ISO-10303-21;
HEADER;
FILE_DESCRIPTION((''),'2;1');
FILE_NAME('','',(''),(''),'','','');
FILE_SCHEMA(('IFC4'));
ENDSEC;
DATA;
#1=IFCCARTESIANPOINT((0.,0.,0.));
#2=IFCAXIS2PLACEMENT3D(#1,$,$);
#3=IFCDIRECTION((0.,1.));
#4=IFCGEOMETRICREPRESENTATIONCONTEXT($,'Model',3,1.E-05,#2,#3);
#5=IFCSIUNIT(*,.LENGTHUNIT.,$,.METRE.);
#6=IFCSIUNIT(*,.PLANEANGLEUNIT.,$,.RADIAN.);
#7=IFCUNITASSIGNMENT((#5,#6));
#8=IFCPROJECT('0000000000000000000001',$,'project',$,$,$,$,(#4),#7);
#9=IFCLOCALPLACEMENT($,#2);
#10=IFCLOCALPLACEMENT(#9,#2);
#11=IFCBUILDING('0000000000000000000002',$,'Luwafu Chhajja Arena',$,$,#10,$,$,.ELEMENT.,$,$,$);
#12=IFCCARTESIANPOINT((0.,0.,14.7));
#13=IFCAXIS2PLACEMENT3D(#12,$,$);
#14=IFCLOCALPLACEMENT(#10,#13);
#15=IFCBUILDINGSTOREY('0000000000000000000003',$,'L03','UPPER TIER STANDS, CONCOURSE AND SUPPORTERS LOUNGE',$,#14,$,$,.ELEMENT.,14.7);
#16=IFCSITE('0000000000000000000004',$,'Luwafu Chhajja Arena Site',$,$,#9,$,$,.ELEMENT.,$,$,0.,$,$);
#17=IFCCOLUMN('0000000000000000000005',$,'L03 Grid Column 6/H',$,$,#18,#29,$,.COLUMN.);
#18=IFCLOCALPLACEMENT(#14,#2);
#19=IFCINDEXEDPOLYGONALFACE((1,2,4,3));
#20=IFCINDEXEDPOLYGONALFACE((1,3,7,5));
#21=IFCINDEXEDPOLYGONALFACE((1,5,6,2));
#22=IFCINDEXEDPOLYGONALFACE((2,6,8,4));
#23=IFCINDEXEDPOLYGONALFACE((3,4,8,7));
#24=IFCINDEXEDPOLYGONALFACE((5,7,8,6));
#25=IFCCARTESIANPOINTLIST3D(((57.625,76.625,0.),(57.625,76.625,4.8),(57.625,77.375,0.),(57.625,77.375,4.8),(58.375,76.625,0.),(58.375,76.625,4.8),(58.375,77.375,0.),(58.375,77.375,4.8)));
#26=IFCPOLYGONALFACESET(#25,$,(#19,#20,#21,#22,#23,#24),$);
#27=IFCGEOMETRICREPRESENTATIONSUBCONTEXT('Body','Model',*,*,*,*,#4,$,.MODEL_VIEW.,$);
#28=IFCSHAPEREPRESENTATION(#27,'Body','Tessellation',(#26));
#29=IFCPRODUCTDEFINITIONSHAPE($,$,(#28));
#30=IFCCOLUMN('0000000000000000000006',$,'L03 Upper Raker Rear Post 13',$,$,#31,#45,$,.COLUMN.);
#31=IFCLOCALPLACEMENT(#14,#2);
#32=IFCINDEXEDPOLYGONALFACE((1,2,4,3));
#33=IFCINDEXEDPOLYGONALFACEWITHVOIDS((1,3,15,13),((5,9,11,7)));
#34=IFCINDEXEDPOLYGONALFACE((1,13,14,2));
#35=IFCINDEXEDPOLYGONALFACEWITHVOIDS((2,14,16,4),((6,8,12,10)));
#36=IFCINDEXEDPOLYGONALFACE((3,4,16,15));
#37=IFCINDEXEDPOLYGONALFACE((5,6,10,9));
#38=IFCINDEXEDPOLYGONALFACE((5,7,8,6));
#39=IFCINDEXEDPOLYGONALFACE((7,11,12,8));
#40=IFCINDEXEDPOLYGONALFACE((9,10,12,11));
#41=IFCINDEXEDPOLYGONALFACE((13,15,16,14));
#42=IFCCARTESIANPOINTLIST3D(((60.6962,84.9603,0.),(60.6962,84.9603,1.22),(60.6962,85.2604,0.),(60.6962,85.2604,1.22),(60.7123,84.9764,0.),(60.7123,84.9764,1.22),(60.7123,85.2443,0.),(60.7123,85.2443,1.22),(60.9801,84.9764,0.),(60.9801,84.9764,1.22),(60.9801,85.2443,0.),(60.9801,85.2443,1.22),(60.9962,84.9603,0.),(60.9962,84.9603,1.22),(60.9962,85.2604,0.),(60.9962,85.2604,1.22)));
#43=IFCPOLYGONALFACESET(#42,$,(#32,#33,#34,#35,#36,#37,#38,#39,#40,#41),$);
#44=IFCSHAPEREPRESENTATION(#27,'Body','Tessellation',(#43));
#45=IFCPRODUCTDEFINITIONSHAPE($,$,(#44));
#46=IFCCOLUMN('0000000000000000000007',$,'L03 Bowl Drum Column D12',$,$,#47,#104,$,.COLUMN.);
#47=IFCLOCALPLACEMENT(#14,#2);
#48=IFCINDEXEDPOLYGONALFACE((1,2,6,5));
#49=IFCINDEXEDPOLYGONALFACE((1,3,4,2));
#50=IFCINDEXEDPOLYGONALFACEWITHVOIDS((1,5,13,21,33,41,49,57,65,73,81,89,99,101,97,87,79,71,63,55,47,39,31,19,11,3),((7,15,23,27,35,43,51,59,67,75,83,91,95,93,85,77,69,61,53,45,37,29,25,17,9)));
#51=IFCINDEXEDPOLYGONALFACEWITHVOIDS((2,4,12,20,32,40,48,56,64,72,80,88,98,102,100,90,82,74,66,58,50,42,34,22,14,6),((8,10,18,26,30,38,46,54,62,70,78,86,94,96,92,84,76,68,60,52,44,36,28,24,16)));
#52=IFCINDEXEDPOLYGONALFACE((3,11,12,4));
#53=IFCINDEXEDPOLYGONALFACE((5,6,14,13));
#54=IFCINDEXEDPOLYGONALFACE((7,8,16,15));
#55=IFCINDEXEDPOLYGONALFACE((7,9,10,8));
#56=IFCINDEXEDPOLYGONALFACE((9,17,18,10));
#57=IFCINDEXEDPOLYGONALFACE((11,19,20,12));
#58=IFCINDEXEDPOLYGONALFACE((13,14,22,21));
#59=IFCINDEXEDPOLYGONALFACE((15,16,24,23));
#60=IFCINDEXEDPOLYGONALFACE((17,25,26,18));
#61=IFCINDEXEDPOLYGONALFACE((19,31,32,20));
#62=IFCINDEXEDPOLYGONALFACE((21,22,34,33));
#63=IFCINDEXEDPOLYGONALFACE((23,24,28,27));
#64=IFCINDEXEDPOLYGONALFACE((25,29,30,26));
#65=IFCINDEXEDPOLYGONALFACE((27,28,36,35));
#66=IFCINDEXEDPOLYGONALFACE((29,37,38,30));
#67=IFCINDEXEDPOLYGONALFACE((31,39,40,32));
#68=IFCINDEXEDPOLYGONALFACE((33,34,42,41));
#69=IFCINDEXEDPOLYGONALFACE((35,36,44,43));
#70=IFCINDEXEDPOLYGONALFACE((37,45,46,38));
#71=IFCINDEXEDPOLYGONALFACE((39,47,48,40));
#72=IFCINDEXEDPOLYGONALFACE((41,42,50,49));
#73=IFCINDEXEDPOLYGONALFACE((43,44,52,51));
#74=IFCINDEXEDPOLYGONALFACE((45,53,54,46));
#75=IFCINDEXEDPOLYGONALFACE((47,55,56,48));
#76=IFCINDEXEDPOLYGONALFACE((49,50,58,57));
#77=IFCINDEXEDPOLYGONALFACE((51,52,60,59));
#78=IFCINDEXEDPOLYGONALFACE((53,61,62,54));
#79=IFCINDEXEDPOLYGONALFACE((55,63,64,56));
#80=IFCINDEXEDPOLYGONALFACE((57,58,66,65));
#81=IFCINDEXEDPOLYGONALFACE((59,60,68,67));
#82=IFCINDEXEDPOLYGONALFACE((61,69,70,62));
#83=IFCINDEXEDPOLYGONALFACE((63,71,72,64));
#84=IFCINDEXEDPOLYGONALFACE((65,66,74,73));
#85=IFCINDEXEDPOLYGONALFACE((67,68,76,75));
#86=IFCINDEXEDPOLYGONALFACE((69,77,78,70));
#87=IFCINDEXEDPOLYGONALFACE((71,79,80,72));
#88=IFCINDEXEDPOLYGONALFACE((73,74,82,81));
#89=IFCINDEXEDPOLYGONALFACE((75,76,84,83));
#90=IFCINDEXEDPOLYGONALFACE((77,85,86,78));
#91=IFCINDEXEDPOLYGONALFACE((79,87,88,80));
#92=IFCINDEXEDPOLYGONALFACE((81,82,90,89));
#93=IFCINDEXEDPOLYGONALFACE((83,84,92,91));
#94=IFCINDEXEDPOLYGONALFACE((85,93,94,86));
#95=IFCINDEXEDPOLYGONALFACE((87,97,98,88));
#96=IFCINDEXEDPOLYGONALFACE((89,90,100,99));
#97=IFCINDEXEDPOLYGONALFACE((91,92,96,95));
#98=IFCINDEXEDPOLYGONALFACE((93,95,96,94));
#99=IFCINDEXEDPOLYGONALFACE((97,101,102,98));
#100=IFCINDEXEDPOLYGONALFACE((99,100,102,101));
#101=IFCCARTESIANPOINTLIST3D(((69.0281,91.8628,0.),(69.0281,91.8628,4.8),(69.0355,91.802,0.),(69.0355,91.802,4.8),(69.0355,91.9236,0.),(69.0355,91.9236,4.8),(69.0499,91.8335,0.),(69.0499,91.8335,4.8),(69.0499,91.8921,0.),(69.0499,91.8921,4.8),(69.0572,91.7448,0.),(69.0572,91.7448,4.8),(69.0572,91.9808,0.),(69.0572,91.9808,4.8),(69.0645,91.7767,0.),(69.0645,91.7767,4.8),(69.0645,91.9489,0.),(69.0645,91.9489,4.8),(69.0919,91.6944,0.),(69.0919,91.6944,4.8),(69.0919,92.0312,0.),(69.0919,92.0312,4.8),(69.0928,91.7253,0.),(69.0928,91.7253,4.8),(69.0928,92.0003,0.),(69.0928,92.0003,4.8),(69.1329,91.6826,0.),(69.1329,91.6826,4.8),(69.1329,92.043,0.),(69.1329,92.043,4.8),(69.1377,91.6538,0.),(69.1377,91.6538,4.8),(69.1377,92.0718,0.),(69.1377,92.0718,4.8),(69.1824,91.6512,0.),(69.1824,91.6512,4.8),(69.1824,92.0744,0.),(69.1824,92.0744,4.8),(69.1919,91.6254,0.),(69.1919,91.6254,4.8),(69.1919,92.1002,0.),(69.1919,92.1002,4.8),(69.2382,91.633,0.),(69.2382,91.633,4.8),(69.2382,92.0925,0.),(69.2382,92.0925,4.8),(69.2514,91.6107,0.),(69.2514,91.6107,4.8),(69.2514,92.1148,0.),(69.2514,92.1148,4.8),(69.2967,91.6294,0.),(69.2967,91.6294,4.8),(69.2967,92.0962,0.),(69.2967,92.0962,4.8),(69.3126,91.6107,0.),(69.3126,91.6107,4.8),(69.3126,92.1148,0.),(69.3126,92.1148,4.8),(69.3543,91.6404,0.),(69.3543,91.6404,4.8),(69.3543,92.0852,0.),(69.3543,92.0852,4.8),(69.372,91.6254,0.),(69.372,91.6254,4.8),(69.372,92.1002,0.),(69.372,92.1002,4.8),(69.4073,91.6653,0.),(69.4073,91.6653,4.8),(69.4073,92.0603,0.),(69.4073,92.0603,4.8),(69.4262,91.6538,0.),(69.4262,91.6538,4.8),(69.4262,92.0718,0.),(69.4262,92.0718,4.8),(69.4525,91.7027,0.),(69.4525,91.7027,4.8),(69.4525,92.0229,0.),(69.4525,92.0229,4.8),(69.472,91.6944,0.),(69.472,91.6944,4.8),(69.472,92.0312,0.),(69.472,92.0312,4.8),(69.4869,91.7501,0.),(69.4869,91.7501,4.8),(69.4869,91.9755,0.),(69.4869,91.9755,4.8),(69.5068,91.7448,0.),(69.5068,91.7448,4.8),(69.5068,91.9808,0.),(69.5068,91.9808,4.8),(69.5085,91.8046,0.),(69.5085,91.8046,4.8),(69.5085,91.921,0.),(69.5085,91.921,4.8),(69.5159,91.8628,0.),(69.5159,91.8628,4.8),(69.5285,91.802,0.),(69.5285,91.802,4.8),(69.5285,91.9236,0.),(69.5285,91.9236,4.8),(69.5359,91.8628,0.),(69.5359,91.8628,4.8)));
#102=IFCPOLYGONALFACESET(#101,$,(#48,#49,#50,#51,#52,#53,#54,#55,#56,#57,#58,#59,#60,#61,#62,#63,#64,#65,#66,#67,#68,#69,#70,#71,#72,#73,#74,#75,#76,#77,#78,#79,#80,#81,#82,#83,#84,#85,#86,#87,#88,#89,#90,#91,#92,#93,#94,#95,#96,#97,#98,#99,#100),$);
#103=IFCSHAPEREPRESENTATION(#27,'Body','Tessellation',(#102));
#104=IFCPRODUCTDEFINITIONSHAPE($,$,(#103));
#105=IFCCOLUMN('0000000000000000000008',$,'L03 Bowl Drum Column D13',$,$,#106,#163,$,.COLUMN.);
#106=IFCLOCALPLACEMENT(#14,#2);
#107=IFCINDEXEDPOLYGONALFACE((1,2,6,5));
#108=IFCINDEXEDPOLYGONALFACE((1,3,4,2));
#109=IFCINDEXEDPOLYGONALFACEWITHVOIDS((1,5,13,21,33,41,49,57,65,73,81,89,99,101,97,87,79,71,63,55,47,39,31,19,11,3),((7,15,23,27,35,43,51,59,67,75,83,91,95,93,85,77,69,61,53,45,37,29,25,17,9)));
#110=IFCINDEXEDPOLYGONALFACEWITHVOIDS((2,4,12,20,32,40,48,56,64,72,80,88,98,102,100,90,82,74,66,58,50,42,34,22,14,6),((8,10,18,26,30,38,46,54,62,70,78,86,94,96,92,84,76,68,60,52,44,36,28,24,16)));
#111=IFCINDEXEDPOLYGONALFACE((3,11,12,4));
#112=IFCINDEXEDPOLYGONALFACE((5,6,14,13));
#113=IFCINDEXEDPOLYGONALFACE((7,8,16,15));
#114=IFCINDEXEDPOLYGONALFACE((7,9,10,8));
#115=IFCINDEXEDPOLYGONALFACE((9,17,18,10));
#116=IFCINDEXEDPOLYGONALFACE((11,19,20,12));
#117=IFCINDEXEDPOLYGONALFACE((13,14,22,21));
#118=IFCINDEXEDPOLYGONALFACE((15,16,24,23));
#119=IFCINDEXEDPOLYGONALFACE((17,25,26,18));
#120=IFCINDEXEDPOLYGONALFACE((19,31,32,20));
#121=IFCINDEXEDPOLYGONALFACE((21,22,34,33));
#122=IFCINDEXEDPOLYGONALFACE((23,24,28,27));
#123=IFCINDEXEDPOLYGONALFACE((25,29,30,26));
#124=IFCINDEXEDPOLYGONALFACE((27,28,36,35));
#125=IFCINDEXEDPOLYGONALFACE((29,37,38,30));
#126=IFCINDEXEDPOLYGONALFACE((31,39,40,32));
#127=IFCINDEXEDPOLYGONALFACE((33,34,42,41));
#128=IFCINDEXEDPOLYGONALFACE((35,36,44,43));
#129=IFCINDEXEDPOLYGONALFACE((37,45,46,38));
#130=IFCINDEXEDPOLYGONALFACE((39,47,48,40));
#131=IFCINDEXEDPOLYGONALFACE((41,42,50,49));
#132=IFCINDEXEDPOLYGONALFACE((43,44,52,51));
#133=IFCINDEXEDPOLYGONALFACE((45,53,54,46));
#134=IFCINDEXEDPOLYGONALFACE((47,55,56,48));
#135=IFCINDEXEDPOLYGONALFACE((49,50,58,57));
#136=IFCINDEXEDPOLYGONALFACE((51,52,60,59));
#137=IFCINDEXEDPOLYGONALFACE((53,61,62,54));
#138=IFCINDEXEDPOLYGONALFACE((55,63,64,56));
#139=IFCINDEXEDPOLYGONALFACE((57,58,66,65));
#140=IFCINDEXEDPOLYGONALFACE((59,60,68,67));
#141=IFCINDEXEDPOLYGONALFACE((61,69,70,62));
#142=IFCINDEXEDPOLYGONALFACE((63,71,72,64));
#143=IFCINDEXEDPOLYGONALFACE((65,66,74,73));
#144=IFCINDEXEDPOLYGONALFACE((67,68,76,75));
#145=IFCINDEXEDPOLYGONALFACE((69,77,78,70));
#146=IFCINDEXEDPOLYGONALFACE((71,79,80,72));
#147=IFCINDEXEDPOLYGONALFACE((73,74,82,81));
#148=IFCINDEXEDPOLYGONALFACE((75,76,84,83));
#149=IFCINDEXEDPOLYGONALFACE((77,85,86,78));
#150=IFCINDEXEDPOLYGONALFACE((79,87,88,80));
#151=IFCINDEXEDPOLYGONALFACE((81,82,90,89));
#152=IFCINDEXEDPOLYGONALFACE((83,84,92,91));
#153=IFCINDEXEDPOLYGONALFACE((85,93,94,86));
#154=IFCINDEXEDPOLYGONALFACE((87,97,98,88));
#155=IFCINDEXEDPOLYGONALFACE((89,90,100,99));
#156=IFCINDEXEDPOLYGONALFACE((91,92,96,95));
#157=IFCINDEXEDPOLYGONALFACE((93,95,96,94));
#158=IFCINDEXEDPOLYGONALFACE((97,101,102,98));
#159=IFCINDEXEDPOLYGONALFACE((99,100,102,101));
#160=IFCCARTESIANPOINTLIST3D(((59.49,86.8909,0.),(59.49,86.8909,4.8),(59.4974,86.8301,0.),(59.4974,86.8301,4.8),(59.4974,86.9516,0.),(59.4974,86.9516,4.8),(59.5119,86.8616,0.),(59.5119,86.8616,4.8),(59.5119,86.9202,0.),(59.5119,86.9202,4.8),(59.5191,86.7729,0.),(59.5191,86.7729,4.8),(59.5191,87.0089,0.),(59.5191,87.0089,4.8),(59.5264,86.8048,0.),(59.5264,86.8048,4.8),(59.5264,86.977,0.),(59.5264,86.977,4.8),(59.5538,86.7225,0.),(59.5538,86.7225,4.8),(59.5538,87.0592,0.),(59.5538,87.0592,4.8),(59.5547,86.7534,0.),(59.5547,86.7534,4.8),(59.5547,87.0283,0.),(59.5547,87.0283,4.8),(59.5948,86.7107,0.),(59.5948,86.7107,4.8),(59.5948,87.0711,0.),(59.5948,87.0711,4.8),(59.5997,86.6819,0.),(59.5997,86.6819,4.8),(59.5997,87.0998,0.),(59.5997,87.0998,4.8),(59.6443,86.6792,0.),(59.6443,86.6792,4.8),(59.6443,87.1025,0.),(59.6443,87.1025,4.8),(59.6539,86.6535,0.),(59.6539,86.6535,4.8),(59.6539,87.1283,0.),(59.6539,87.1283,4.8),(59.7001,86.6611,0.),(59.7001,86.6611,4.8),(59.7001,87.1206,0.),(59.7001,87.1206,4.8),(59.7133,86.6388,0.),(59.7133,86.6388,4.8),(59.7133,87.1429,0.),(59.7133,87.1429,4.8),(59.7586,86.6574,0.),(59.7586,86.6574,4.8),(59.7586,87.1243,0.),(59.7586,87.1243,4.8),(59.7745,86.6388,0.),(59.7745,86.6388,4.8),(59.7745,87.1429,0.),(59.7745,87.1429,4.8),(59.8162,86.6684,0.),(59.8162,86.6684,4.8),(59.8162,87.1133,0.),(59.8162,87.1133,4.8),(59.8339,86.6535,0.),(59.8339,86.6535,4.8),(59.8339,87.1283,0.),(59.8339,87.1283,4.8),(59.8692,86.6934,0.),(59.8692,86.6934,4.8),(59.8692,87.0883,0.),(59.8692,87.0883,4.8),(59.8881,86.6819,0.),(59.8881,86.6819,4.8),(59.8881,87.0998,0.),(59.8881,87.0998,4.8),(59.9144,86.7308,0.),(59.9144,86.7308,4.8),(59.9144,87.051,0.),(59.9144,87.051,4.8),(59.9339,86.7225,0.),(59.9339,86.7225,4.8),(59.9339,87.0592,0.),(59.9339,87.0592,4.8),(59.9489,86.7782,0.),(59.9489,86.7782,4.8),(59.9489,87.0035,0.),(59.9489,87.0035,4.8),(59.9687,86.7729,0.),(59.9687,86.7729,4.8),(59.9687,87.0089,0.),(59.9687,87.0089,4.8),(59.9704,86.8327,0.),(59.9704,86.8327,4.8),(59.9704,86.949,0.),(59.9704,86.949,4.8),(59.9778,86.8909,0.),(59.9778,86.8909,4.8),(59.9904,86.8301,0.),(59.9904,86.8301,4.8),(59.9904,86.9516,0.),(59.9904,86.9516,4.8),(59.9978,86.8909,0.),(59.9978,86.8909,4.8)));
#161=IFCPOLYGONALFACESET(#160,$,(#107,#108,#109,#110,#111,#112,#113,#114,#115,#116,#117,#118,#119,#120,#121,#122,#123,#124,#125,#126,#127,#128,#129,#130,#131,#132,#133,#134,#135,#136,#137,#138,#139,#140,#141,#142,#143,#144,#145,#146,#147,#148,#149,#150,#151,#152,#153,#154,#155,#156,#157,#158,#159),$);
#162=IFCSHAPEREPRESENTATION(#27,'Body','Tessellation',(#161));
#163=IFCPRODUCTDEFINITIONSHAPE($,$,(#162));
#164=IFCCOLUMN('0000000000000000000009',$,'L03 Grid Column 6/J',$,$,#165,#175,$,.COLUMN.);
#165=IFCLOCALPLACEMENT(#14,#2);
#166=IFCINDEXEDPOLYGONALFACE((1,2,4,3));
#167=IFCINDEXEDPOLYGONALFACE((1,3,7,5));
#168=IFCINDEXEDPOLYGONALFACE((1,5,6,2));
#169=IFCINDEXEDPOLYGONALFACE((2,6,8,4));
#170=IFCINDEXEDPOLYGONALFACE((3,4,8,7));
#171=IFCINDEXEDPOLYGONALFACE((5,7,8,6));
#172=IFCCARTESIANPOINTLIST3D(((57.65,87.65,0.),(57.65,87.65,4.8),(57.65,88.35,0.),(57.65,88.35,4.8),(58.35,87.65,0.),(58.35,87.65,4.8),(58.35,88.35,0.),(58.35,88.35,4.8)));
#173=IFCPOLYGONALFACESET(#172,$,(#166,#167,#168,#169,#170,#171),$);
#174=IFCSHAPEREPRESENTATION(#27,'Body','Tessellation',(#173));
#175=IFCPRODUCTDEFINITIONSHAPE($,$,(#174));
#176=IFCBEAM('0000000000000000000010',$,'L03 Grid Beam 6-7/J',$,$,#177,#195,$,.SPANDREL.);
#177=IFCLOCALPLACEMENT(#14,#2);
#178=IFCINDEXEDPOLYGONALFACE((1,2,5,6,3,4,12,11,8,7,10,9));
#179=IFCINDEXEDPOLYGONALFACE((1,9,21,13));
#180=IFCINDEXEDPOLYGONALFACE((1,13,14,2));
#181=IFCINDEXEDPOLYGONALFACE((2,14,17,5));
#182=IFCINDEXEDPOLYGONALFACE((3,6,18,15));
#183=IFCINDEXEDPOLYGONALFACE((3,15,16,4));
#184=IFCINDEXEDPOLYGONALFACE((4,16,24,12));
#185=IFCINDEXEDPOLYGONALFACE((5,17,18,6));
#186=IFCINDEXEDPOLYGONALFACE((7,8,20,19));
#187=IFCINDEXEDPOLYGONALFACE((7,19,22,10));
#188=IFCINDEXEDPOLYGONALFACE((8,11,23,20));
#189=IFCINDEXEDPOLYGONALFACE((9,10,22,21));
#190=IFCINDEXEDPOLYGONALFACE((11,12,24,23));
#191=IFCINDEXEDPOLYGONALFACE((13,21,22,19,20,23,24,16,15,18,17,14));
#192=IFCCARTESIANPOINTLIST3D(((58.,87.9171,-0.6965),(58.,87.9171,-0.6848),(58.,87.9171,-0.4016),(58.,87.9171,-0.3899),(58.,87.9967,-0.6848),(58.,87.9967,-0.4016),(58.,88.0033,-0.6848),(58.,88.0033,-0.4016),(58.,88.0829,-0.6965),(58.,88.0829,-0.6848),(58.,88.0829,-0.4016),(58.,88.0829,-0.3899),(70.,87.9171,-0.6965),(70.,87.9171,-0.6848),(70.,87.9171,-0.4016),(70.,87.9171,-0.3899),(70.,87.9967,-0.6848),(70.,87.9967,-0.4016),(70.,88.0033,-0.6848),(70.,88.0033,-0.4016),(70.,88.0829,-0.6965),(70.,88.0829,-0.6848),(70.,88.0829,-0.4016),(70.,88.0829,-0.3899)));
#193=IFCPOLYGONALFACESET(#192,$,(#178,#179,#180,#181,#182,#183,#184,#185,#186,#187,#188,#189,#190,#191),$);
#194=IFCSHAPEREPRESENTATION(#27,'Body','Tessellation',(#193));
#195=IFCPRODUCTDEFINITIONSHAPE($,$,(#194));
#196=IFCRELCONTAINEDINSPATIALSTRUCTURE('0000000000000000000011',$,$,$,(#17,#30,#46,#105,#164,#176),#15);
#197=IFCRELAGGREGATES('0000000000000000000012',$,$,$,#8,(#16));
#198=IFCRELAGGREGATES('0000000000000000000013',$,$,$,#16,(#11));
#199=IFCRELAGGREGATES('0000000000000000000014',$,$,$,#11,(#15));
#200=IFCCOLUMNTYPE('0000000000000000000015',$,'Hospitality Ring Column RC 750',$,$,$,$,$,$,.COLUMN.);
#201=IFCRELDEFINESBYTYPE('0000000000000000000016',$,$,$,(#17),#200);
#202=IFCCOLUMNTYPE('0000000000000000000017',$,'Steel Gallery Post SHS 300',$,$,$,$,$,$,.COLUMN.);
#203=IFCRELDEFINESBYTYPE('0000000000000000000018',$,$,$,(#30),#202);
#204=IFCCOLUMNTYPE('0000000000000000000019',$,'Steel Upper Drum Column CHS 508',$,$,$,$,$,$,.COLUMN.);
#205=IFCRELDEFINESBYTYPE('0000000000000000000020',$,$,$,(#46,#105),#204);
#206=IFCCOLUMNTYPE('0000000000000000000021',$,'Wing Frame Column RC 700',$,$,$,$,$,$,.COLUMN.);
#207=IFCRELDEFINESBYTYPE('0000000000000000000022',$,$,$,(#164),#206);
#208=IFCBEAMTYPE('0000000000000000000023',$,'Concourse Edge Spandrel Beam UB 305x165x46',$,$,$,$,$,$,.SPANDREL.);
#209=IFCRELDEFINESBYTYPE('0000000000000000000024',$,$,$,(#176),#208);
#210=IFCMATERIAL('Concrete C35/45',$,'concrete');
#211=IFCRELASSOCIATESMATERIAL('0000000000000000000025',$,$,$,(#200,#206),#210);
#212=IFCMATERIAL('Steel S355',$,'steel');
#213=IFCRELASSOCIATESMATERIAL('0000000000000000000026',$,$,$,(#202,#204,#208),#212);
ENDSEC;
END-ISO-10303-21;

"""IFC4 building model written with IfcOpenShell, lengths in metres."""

from ifc_helpers import new_model, si_unit, direction, frame, origin, origin_2d, place, context, subcontext, project, spatial, rectangle, hollow_rectangle, hollow_circle, i_section, extrude, material, material_profile, profile_set, type_object, element, save


model = new_model("IFC4")

# Units and contexts
model_context = context("Model", 3, precision=1e-05, world=origin(), true_north=direction((0.0, 1.0)))
body_context = subcontext(model_context, "Body", "Model", "MODEL_VIEW")
ifc_project = project(units=[si_unit("LENGTHUNIT", "METRE"), si_unit("PLANEANGLEUNIT", "RADIAN")], contexts=[model_context])

# Site, building, storey
site_placement = place(None, origin())
site = spatial("IfcSite", under=ifc_project, at=site_placement, Name="Luwafu Chhajja Arena Site", CompositionType="ELEMENT", RefElevation=0.0)
building_placement = place(site_placement, origin())
building = spatial("IfcBuilding", under=site, at=building_placement, Name="Luwafu Chhajja Arena", CompositionType="ELEMENT")
storey_placement = place(building_placement, frame((0.0, 0.0, 14.7)))
storey = spatial("IfcBuildingStorey", under=building, at=storey_placement, Name="L03", Description="UPPER TIER STANDS, CONCOURSE AND SUPPORTERS LOUNGE", CompositionType="ELEMENT", Elevation=14.7)

# Columns
ifc_material_1 = material(Name="Concrete C35/45", Category="concrete")
ifc_material_profile_1 = material_profile(ifc_material_1, rectangle(XDim=0.75, YDim=0.75, at=origin_2d()), Name="RC 750x750")
ifc_profile_set_1 = profile_set([ifc_material_profile_1], Name="Concrete C35/45")
column_type_1 = type_object("IfcColumnType", Name="Hospitality Ring Column RC 750", PredefinedType="COLUMN", material=ifc_profile_set_1)
column_1_placement = place(storey_placement, frame((58.0, 77.0, 0.0), z_axis=(0.0, 0.0, 1.0), x_axis=(1.0, 0.0, 0.0)))
element("IfcColumn", 1, at=column_1_placement, inside=storey, type_object=column_type_1, Name="L03 Grid Column 6/H", PredefinedType="COLUMN", context=body_context, shape_type="SweptSolid", body=[
    extrude(rectangle(XDim=0.75, YDim=0.75, at=origin_2d()), origin(), (0.0, 0.0, 1.0), 4.8),
])
ifc_material_2 = material(Name="Steel S355", Category="steel")
ifc_material_profile_2 = material_profile(ifc_material_2, hollow_rectangle(XDim=0.3, YDim=0.3, WallThickness=0.0161, at=origin_2d()), Name="SHS 300x300x16")
ifc_profile_set_2 = profile_set([ifc_material_profile_2], Name="Steel S355")
column_type_2 = type_object("IfcColumnType", Name="Steel Gallery Post SHS 300", PredefinedType="COLUMN", material=ifc_profile_set_2)
column_2_placement = place(storey_placement, frame((60.8462, 85.1104, 0.0), z_axis=(0.0, 0.0, 1.0), x_axis=(1.0, 0.0, 0.0)))
element("IfcColumn", 2, at=column_2_placement, inside=storey, type_object=column_type_2, Name="L03 Upper Raker Rear Post 13", PredefinedType="COLUMN", context=body_context, shape_type="SweptSolid", body=[
    extrude(hollow_rectangle(XDim=0.3, YDim=0.3, WallThickness=0.0161, at=origin_2d()), origin(), (0.0, 0.0, 1.0), 1.22),
])
ifc_material_profile_3 = material_profile(ifc_material_2, hollow_circle(Radius=0.2539, WallThickness=0.02, at=origin_2d()), Name="CHS 508x20")
ifc_profile_set_3 = profile_set([ifc_material_profile_3], Name="Steel S355")
column_type_3 = type_object("IfcColumnType", Name="Steel Upper Drum Column CHS 508", PredefinedType="COLUMN", material=ifc_profile_set_3)
for number, where, z_axis, x_axis, name in (
    (3, (69.282, 91.8628, 0.0), (0.0, 0.0, 1.0), (1.0, 0.0, 0.0), "L03 Bowl Drum Column D12"),
    (4, (59.7439, 86.8909, 0.0), (0.0, 0.0, 1.0), (1.0, 0.0, 0.0), "L03 Bowl Drum Column D13"),
):
    element("IfcColumn", number, at=place(storey_placement, frame(where, z_axis=z_axis, x_axis=x_axis)), inside=storey, type_object=column_type_3, Name=name, PredefinedType="COLUMN", context=body_context, shape_type="SweptSolid", body=[
        extrude(hollow_circle(Radius=0.2539, WallThickness=0.02, at=origin_2d()), origin(), (0.0, 0.0, 1.0), 4.8),
    ])
ifc_material_profile_4 = material_profile(ifc_material_1, rectangle(XDim=0.7, YDim=0.7, at=origin_2d()), Name="RC 700x700")
ifc_profile_set_4 = profile_set([ifc_material_profile_4], Name="Concrete C35/45")
column_type_4 = type_object("IfcColumnType", Name="Wing Frame Column RC 700", PredefinedType="COLUMN", material=ifc_profile_set_4)
column_3_placement = place(storey_placement, frame((58.0, 88.0, 0.0), z_axis=(0.0, 0.0, 1.0), x_axis=(1.0, 0.0, 0.0)))
element("IfcColumn", 5, at=column_3_placement, inside=storey, type_object=column_type_4, Name="L03 Grid Column 6/J", PredefinedType="COLUMN", context=body_context, shape_type="SweptSolid", body=[
    extrude(rectangle(XDim=0.7, YDim=0.7, at=origin_2d()), origin(), (0.0, 0.0, 1.0), 4.8),
])

# Beam
ifc_material_profile_5 = material_profile(ifc_material_2, i_section(OverallWidth=0.1658, OverallDepth=0.3066, WebThickness=0.0066, FlangeThickness=0.0117, at=origin_2d()), Name="UB 305x165x46")
ifc_profile_set_5 = profile_set([ifc_material_profile_5], Name="Steel S355")
beam_type_1 = type_object("IfcBeamType", Name="Concourse Edge Spandrel Beam UB 305x165x46", PredefinedType="SPANDREL", material=ifc_profile_set_5)
beam_1_placement = place(storey_placement, frame((58.0, 88.0, -0.5432), z_axis=(1.0, 0.0, 0.0), x_axis=(0.0, 1.0, 0.0)))
element("IfcBeam", 6, at=beam_1_placement, inside=storey, type_object=beam_type_1, Name="L03 Grid Beam 6-7/J", PredefinedType="SPANDREL", context=body_context, shape_type="SweptSolid", body=[
    extrude(i_section(OverallWidth=0.1658, OverallDepth=0.3066, WebThickness=0.0066, FlangeThickness=0.0117, at=origin_2d()), origin(), (0.0, 0.0, 1.0), 12.0),
])

save(model, "model.ifc")
